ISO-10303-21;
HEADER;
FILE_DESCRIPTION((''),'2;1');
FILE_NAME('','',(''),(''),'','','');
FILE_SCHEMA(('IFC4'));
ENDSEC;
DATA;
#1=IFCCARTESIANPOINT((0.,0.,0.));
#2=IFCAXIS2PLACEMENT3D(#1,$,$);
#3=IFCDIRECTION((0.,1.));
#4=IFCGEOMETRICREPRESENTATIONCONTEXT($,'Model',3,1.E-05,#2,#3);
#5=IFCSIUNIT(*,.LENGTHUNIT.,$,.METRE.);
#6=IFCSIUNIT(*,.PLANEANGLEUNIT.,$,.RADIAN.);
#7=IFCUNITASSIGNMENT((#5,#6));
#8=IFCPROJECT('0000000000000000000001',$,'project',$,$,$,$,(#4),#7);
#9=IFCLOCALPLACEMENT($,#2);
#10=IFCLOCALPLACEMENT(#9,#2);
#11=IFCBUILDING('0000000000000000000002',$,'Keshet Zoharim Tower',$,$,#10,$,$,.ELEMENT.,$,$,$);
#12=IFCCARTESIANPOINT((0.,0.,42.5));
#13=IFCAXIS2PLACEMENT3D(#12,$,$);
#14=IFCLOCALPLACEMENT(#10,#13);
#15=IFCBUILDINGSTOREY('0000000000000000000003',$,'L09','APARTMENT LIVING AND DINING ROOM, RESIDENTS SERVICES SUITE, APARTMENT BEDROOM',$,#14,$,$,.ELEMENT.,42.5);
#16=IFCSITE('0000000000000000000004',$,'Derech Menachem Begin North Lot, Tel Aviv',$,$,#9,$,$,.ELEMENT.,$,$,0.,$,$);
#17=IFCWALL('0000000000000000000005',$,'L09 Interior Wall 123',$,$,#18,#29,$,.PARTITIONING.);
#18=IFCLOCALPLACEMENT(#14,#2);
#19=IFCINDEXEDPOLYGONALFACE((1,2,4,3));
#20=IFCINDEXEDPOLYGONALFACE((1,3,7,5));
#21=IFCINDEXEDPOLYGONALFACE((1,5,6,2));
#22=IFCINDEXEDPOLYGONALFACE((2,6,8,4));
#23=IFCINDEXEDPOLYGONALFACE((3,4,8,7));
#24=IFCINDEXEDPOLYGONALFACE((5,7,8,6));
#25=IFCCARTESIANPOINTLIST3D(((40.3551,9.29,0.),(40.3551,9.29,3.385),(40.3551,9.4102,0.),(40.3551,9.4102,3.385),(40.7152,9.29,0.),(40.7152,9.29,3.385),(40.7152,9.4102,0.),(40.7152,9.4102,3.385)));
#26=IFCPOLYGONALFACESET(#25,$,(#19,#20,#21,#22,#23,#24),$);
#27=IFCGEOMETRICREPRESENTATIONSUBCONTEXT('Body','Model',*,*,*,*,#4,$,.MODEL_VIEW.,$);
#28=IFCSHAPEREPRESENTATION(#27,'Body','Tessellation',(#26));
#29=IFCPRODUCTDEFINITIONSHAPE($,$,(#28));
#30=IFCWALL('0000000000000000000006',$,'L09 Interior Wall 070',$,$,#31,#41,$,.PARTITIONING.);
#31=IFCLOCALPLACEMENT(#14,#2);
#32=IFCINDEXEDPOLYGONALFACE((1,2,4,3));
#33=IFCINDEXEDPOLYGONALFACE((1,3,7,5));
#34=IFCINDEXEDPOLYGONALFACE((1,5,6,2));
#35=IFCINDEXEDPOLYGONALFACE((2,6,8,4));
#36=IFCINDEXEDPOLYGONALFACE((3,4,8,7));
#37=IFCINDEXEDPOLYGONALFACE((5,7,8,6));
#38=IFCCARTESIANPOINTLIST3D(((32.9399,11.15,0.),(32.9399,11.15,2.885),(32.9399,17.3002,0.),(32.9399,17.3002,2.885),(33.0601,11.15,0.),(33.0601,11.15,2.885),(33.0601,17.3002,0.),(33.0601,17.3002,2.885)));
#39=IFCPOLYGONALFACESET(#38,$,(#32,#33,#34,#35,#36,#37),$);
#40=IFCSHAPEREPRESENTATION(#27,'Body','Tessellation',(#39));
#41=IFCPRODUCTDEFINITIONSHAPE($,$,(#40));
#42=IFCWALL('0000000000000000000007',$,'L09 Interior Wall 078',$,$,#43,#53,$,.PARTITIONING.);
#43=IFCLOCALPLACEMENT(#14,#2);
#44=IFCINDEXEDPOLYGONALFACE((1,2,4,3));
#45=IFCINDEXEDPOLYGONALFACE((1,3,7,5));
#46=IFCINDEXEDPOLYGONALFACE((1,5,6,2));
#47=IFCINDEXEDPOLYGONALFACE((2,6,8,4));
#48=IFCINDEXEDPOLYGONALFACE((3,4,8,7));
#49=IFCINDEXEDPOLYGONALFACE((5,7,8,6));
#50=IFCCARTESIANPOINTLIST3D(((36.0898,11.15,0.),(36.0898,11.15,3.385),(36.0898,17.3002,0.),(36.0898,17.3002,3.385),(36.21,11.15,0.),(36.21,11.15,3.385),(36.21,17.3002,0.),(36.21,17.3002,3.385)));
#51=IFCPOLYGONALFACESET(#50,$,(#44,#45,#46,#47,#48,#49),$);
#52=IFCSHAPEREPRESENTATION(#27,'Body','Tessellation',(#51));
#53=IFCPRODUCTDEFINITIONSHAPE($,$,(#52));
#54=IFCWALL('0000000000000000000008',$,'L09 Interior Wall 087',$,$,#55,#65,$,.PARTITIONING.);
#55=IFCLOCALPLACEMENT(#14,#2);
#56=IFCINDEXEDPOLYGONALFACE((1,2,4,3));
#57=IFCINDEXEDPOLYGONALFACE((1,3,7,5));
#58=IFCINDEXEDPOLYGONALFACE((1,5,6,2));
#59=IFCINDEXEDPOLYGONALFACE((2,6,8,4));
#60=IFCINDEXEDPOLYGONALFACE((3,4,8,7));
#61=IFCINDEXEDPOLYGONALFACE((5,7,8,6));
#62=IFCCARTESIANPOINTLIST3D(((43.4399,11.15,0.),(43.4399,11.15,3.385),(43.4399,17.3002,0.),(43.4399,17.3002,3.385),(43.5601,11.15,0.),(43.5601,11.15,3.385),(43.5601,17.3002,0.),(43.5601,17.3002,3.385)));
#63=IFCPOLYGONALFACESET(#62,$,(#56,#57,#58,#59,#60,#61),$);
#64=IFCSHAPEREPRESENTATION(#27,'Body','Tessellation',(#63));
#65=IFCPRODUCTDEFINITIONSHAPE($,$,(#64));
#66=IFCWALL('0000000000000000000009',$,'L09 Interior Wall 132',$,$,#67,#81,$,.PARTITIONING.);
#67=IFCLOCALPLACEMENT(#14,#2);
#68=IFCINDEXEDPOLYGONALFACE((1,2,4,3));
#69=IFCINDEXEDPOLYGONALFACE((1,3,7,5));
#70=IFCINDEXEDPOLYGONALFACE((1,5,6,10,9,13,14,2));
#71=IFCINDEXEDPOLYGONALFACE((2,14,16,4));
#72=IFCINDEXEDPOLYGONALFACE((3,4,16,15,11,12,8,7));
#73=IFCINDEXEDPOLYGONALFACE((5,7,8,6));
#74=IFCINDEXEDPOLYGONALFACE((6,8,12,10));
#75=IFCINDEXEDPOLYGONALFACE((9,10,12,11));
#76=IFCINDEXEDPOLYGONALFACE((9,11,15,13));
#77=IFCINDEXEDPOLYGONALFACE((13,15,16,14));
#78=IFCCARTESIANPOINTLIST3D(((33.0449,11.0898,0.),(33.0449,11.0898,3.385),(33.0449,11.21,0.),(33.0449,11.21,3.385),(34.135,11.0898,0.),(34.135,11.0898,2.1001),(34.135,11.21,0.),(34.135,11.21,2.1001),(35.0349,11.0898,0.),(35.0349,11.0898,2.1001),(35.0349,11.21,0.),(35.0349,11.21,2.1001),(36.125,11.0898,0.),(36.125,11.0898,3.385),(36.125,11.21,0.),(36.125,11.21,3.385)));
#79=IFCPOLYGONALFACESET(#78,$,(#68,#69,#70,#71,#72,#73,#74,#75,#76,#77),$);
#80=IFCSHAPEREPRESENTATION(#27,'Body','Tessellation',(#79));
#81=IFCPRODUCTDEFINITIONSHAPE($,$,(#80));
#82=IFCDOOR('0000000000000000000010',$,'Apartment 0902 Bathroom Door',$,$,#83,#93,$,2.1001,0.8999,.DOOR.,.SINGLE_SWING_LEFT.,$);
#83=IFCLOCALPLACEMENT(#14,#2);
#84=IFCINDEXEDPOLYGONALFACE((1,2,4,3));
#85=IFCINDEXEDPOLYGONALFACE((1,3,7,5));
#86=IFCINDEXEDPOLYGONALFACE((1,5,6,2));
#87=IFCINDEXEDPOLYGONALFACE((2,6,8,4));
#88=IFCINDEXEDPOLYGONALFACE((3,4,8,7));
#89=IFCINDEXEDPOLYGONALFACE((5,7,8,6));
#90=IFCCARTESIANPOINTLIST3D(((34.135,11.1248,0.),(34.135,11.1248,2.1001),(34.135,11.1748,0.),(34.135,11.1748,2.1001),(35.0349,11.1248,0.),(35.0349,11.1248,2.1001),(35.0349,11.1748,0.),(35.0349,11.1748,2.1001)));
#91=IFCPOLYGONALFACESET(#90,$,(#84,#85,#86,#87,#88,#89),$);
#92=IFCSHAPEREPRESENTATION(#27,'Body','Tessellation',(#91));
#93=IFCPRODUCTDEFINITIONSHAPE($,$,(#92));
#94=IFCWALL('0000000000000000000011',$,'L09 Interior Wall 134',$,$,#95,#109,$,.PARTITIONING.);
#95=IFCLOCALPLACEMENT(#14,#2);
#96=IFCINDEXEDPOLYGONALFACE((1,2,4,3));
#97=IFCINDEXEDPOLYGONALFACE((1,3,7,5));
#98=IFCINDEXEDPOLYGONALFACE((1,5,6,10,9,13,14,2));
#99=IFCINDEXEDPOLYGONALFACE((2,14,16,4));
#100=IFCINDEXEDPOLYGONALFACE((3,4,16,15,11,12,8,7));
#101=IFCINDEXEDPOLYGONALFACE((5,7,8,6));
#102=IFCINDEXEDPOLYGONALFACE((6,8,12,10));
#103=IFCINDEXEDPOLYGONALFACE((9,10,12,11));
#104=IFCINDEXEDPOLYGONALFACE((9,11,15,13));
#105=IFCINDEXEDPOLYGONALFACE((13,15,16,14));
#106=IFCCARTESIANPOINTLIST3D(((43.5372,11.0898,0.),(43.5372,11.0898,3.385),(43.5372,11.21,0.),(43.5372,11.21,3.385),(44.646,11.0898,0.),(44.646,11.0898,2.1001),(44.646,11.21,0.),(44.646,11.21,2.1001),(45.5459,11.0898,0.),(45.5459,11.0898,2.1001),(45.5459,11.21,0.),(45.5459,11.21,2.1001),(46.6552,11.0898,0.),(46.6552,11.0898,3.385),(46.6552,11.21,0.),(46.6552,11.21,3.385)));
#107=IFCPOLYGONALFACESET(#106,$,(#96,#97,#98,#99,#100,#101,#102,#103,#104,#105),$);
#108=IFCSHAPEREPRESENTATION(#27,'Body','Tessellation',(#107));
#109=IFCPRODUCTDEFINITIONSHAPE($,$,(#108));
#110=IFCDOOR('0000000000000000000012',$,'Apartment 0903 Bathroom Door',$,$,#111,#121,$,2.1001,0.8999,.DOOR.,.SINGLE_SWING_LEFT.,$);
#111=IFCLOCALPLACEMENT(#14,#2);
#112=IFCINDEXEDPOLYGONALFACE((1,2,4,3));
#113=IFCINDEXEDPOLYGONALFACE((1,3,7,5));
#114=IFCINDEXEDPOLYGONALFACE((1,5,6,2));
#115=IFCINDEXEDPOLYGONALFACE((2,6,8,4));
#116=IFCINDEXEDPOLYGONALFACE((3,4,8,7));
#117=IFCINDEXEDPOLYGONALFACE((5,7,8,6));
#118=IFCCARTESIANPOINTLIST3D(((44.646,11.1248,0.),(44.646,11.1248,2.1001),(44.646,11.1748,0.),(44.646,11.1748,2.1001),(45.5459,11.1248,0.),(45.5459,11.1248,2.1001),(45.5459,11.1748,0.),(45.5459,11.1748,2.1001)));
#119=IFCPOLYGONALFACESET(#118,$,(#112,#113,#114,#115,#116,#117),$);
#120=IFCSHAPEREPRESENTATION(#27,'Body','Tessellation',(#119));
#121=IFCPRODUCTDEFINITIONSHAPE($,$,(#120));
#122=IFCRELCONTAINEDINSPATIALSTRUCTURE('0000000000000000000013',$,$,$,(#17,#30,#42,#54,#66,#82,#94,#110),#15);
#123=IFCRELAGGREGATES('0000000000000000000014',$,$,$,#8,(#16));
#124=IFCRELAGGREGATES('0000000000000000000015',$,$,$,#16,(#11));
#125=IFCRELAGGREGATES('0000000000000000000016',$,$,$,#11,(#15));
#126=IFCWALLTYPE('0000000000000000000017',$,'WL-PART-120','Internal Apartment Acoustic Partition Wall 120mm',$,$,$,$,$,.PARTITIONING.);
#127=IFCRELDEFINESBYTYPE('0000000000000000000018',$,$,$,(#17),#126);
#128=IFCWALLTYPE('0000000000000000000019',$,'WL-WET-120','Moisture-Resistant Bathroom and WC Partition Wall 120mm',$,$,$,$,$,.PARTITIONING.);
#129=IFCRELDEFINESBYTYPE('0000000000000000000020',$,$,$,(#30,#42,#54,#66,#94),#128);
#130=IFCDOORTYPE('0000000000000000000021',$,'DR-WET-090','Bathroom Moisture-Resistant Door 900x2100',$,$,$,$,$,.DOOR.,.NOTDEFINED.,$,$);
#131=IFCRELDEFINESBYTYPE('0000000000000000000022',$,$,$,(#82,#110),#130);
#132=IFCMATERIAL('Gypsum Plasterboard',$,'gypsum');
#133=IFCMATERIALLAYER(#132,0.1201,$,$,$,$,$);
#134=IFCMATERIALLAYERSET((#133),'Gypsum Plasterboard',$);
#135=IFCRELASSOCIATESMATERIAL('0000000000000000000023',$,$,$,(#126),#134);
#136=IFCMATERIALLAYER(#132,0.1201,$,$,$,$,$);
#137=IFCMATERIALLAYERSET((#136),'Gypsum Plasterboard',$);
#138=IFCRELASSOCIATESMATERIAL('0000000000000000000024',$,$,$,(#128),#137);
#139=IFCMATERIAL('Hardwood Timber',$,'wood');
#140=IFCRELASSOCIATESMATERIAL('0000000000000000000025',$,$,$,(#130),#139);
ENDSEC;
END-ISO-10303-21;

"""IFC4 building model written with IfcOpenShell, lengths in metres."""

from ifc_helpers import new_model, si_unit, direction, frame, frame_2d, origin, place, context, subcontext, project, spatial, rectangle, extrude, material, layer, layer_set, type_object, element, fill, save


model = new_model("IFC4")

# Units and contexts
model_context = context("Model", 3, precision=1e-05, world=origin(), true_north=direction((0.0, 1.0)))
body_context = subcontext(model_context, "Body", "Model", "MODEL_VIEW")
ifc_project = project(units=[si_unit("LENGTHUNIT", "METRE"), si_unit("PLANEANGLEUNIT", "RADIAN")], contexts=[model_context])

# Site, building, storey
site_placement = place(None, origin())
site = spatial("IfcSite", under=ifc_project, at=site_placement, Name="Derech Menachem Begin North Lot, Tel Aviv", CompositionType="ELEMENT", RefElevation=0.0)
building_placement = place(site_placement, origin())
building = spatial("IfcBuilding", under=site, at=building_placement, Name="Keshet Zoharim Tower", CompositionType="ELEMENT")
storey_placement = place(building_placement, frame((0.0, 0.0, 42.5)))
storey = spatial("IfcBuildingStorey", under=building, at=storey_placement, Name="L09", Description="APARTMENT LIVING AND DINING ROOM, RESIDENTS SERVICES SUITE, APARTMENT BEDROOM", CompositionType="ELEMENT", Elevation=42.5)

# Shared definitions
ifc_material_1 = material(Name="Gypsum Plasterboard", Category="gypsum")

# Shared definitions
ifc_material_2 = material(Name="Hardwood Timber", Category="wood")

# Wall
ifc_layer_1 = layer(ifc_material_1, 0.1201)
ifc_layer_set_1 = layer_set([ifc_layer_1], Name="Gypsum Plasterboard")
wall_type_1 = type_object("IfcWallType", Name="WL-PART-120", Description="Internal Apartment Acoustic Partition Wall 120mm", PredefinedType="PARTITIONING", material=ifc_layer_set_1)
wall_1_placement = place(storey_placement, frame((40.355, 9.3501, 0.0), z_axis=(0.0, 0.0, 1.0), x_axis=(1.0, 0.0, 0.0)))
element("IfcWall", 1, at=wall_1_placement, inside=storey, type_object=wall_type_1, Name="L09 Interior Wall 123", PredefinedType="PARTITIONING", context=body_context, shape_type="SweptSolid", body=[
    extrude(rectangle(XDim=0.3601, YDim=0.1201, at=frame_2d((0.1802, 0.0))), origin(), (0.0, 0.0, 1.0), 3.385),
])

# Walls
ifc_layer_2 = layer(ifc_material_1, 0.1201)
ifc_layer_set_2 = layer_set([ifc_layer_2], Name="Gypsum Plasterboard")
wall_type_2 = type_object("IfcWallType", Name="WL-WET-120", Description="Moisture-Resistant Bathroom and WC Partition Wall 120mm", PredefinedType="PARTITIONING", material=ifc_layer_set_2)
wall_2_placement = place(storey_placement, frame((33.0, 11.1499, 0.0), z_axis=(0.0, 0.0, 1.0), x_axis=(0.0, 1.0, 0.0)))
element("IfcWall", 2, at=wall_2_placement, inside=storey, type_object=wall_type_2, Name="L09 Interior Wall 070", PredefinedType="PARTITIONING", context=body_context, shape_type="SweptSolid", body=[
    extrude(rectangle(XDim=6.1501, YDim=0.1201, at=frame_2d((3.0752, 0.0))), origin(), (0.0, 0.0, 1.0), 2.885),
])
for number, where, z_axis, x_axis, name in (
    (3, (36.1499, 11.1499, 0.0), (0.0, 0.0, 1.0), (0.0, 1.0, 0.0), "L09 Interior Wall 078"),
    (4, (43.5, 11.1499, 0.0), (0.0, 0.0, 1.0), (0.0, 1.0, 0.0), "L09 Interior Wall 087"),
):
    element("IfcWall", number, at=place(storey_placement, frame(where, z_axis=z_axis, x_axis=x_axis)), inside=storey, type_object=wall_type_2, Name=name, PredefinedType="PARTITIONING", context=body_context, shape_type="SweptSolid", body=[
        extrude(rectangle(XDim=6.1501, YDim=0.1201, at=frame_2d((3.0752, 0.0))), origin(), (0.0, 0.0, 1.0), 3.385),
    ])

# Walls, openings, doors
wall_3_placement = place(storey_placement, frame((33.0449, 11.1499, 0.0), z_axis=(0.0, 0.0, 1.0), x_axis=(1.0, 0.0, 0.0)))
wall_3 = element("IfcWall", 5, at=wall_3_placement, inside=storey, type_object=wall_type_2, Name="L09 Interior Wall 132", PredefinedType="PARTITIONING", context=body_context, shape_type="SweptSolid", body=[
    extrude(rectangle(XDim=3.0801, YDim=0.1201, at=frame_2d((1.54, 0.0))), origin(), (0.0, 0.0, 1.0), 3.385),
])
opening_1_placement = place(wall_3_placement, frame((1.0901, 0.0, 0.0)))
opening_1 = element("IfcOpeningElement", 6, at=opening_1_placement, cuts=wall_3, PredefinedType="OPENING", context=body_context, shape_type="SweptSolid", body=[
    extrude(rectangle(XDim=0.8999, YDim=2.1001, at=frame_2d((0.45, 1.05))), frame((0.0, 0.0701, 0.0), z_axis=(0.0, -1.0, 0.0), x_axis=(1.0, 0.0, 0.0)), (0.0, 0.0, 1.0), 0.1401),
])
door_type_1 = type_object("IfcDoorType", Name="DR-WET-090", Description="Bathroom Moisture-Resistant Door 900x2100", OperationType="NOTDEFINED", PredefinedType="DOOR", material=ifc_material_2)
door_1_placement = place(opening_1_placement, origin())
door_1 = element("IfcDoor", 7, at=door_1_placement, inside=storey, type_object=door_type_1, Name="Apartment 0902 Bathroom Door", OperationType="SINGLE_SWING_LEFT", OverallHeight=2.1001, OverallWidth=0.8999, PredefinedType="DOOR", context=body_context, shape_type="SweptSolid", body=[
    extrude(rectangle(XDim=0.8999, YDim=2.1001, at=frame_2d((0.45, 1.05))), frame((0.0, 0.0249, 0.0), z_axis=(0.0, -1.0, 0.0), x_axis=(1.0, 0.0, 0.0)), (0.0, 0.0, 1.0), 0.05),
])
fill(opening_1, door_1)
wall_4_placement = place(storey_placement, frame((43.5371, 11.1499, 0.0), z_axis=(0.0, 0.0, 1.0), x_axis=(1.0, 0.0, 0.0)))
wall_4 = element("IfcWall", 8, at=wall_4_placement, inside=storey, type_object=wall_type_2, Name="L09 Interior Wall 134", PredefinedType="PARTITIONING", context=body_context, shape_type="SweptSolid", body=[
    extrude(rectangle(XDim=3.1179, YDim=0.1201, at=frame_2d((1.5591, 0.0))), origin(), (0.0, 0.0, 1.0), 3.385),
])
opening_2_placement = place(wall_4_placement, frame((1.1089, 0.0, 0.0)))
opening_2 = element("IfcOpeningElement", 9, at=opening_2_placement, cuts=wall_4, PredefinedType="OPENING", context=body_context, shape_type="SweptSolid", body=[
    extrude(rectangle(XDim=0.8999, YDim=2.1001, at=frame_2d((0.45, 1.05))), frame((0.0, 0.0701, 0.0), z_axis=(0.0, -1.0, 0.0), x_axis=(1.0, 0.0, 0.0)), (0.0, 0.0, 1.0), 0.1401),
])
door_2_placement = place(opening_2_placement, origin())
door_2 = element("IfcDoor", 10, at=door_2_placement, inside=storey, type_object=door_type_1, Name="Apartment 0903 Bathroom Door", OperationType="SINGLE_SWING_LEFT", OverallHeight=2.1001, OverallWidth=0.8999, PredefinedType="DOOR", context=body_context, shape_type="SweptSolid", body=[
    extrude(rectangle(XDim=0.8999, YDim=2.1001, at=frame_2d((0.45, 1.05))), frame((0.0, 0.0249, 0.0), z_axis=(0.0, -1.0, 0.0), x_axis=(1.0, 0.0, 0.0)), (0.0, 0.0, 1.0), 0.05),
])
fill(opening_2, door_2)

save(model, "model.ifc")
